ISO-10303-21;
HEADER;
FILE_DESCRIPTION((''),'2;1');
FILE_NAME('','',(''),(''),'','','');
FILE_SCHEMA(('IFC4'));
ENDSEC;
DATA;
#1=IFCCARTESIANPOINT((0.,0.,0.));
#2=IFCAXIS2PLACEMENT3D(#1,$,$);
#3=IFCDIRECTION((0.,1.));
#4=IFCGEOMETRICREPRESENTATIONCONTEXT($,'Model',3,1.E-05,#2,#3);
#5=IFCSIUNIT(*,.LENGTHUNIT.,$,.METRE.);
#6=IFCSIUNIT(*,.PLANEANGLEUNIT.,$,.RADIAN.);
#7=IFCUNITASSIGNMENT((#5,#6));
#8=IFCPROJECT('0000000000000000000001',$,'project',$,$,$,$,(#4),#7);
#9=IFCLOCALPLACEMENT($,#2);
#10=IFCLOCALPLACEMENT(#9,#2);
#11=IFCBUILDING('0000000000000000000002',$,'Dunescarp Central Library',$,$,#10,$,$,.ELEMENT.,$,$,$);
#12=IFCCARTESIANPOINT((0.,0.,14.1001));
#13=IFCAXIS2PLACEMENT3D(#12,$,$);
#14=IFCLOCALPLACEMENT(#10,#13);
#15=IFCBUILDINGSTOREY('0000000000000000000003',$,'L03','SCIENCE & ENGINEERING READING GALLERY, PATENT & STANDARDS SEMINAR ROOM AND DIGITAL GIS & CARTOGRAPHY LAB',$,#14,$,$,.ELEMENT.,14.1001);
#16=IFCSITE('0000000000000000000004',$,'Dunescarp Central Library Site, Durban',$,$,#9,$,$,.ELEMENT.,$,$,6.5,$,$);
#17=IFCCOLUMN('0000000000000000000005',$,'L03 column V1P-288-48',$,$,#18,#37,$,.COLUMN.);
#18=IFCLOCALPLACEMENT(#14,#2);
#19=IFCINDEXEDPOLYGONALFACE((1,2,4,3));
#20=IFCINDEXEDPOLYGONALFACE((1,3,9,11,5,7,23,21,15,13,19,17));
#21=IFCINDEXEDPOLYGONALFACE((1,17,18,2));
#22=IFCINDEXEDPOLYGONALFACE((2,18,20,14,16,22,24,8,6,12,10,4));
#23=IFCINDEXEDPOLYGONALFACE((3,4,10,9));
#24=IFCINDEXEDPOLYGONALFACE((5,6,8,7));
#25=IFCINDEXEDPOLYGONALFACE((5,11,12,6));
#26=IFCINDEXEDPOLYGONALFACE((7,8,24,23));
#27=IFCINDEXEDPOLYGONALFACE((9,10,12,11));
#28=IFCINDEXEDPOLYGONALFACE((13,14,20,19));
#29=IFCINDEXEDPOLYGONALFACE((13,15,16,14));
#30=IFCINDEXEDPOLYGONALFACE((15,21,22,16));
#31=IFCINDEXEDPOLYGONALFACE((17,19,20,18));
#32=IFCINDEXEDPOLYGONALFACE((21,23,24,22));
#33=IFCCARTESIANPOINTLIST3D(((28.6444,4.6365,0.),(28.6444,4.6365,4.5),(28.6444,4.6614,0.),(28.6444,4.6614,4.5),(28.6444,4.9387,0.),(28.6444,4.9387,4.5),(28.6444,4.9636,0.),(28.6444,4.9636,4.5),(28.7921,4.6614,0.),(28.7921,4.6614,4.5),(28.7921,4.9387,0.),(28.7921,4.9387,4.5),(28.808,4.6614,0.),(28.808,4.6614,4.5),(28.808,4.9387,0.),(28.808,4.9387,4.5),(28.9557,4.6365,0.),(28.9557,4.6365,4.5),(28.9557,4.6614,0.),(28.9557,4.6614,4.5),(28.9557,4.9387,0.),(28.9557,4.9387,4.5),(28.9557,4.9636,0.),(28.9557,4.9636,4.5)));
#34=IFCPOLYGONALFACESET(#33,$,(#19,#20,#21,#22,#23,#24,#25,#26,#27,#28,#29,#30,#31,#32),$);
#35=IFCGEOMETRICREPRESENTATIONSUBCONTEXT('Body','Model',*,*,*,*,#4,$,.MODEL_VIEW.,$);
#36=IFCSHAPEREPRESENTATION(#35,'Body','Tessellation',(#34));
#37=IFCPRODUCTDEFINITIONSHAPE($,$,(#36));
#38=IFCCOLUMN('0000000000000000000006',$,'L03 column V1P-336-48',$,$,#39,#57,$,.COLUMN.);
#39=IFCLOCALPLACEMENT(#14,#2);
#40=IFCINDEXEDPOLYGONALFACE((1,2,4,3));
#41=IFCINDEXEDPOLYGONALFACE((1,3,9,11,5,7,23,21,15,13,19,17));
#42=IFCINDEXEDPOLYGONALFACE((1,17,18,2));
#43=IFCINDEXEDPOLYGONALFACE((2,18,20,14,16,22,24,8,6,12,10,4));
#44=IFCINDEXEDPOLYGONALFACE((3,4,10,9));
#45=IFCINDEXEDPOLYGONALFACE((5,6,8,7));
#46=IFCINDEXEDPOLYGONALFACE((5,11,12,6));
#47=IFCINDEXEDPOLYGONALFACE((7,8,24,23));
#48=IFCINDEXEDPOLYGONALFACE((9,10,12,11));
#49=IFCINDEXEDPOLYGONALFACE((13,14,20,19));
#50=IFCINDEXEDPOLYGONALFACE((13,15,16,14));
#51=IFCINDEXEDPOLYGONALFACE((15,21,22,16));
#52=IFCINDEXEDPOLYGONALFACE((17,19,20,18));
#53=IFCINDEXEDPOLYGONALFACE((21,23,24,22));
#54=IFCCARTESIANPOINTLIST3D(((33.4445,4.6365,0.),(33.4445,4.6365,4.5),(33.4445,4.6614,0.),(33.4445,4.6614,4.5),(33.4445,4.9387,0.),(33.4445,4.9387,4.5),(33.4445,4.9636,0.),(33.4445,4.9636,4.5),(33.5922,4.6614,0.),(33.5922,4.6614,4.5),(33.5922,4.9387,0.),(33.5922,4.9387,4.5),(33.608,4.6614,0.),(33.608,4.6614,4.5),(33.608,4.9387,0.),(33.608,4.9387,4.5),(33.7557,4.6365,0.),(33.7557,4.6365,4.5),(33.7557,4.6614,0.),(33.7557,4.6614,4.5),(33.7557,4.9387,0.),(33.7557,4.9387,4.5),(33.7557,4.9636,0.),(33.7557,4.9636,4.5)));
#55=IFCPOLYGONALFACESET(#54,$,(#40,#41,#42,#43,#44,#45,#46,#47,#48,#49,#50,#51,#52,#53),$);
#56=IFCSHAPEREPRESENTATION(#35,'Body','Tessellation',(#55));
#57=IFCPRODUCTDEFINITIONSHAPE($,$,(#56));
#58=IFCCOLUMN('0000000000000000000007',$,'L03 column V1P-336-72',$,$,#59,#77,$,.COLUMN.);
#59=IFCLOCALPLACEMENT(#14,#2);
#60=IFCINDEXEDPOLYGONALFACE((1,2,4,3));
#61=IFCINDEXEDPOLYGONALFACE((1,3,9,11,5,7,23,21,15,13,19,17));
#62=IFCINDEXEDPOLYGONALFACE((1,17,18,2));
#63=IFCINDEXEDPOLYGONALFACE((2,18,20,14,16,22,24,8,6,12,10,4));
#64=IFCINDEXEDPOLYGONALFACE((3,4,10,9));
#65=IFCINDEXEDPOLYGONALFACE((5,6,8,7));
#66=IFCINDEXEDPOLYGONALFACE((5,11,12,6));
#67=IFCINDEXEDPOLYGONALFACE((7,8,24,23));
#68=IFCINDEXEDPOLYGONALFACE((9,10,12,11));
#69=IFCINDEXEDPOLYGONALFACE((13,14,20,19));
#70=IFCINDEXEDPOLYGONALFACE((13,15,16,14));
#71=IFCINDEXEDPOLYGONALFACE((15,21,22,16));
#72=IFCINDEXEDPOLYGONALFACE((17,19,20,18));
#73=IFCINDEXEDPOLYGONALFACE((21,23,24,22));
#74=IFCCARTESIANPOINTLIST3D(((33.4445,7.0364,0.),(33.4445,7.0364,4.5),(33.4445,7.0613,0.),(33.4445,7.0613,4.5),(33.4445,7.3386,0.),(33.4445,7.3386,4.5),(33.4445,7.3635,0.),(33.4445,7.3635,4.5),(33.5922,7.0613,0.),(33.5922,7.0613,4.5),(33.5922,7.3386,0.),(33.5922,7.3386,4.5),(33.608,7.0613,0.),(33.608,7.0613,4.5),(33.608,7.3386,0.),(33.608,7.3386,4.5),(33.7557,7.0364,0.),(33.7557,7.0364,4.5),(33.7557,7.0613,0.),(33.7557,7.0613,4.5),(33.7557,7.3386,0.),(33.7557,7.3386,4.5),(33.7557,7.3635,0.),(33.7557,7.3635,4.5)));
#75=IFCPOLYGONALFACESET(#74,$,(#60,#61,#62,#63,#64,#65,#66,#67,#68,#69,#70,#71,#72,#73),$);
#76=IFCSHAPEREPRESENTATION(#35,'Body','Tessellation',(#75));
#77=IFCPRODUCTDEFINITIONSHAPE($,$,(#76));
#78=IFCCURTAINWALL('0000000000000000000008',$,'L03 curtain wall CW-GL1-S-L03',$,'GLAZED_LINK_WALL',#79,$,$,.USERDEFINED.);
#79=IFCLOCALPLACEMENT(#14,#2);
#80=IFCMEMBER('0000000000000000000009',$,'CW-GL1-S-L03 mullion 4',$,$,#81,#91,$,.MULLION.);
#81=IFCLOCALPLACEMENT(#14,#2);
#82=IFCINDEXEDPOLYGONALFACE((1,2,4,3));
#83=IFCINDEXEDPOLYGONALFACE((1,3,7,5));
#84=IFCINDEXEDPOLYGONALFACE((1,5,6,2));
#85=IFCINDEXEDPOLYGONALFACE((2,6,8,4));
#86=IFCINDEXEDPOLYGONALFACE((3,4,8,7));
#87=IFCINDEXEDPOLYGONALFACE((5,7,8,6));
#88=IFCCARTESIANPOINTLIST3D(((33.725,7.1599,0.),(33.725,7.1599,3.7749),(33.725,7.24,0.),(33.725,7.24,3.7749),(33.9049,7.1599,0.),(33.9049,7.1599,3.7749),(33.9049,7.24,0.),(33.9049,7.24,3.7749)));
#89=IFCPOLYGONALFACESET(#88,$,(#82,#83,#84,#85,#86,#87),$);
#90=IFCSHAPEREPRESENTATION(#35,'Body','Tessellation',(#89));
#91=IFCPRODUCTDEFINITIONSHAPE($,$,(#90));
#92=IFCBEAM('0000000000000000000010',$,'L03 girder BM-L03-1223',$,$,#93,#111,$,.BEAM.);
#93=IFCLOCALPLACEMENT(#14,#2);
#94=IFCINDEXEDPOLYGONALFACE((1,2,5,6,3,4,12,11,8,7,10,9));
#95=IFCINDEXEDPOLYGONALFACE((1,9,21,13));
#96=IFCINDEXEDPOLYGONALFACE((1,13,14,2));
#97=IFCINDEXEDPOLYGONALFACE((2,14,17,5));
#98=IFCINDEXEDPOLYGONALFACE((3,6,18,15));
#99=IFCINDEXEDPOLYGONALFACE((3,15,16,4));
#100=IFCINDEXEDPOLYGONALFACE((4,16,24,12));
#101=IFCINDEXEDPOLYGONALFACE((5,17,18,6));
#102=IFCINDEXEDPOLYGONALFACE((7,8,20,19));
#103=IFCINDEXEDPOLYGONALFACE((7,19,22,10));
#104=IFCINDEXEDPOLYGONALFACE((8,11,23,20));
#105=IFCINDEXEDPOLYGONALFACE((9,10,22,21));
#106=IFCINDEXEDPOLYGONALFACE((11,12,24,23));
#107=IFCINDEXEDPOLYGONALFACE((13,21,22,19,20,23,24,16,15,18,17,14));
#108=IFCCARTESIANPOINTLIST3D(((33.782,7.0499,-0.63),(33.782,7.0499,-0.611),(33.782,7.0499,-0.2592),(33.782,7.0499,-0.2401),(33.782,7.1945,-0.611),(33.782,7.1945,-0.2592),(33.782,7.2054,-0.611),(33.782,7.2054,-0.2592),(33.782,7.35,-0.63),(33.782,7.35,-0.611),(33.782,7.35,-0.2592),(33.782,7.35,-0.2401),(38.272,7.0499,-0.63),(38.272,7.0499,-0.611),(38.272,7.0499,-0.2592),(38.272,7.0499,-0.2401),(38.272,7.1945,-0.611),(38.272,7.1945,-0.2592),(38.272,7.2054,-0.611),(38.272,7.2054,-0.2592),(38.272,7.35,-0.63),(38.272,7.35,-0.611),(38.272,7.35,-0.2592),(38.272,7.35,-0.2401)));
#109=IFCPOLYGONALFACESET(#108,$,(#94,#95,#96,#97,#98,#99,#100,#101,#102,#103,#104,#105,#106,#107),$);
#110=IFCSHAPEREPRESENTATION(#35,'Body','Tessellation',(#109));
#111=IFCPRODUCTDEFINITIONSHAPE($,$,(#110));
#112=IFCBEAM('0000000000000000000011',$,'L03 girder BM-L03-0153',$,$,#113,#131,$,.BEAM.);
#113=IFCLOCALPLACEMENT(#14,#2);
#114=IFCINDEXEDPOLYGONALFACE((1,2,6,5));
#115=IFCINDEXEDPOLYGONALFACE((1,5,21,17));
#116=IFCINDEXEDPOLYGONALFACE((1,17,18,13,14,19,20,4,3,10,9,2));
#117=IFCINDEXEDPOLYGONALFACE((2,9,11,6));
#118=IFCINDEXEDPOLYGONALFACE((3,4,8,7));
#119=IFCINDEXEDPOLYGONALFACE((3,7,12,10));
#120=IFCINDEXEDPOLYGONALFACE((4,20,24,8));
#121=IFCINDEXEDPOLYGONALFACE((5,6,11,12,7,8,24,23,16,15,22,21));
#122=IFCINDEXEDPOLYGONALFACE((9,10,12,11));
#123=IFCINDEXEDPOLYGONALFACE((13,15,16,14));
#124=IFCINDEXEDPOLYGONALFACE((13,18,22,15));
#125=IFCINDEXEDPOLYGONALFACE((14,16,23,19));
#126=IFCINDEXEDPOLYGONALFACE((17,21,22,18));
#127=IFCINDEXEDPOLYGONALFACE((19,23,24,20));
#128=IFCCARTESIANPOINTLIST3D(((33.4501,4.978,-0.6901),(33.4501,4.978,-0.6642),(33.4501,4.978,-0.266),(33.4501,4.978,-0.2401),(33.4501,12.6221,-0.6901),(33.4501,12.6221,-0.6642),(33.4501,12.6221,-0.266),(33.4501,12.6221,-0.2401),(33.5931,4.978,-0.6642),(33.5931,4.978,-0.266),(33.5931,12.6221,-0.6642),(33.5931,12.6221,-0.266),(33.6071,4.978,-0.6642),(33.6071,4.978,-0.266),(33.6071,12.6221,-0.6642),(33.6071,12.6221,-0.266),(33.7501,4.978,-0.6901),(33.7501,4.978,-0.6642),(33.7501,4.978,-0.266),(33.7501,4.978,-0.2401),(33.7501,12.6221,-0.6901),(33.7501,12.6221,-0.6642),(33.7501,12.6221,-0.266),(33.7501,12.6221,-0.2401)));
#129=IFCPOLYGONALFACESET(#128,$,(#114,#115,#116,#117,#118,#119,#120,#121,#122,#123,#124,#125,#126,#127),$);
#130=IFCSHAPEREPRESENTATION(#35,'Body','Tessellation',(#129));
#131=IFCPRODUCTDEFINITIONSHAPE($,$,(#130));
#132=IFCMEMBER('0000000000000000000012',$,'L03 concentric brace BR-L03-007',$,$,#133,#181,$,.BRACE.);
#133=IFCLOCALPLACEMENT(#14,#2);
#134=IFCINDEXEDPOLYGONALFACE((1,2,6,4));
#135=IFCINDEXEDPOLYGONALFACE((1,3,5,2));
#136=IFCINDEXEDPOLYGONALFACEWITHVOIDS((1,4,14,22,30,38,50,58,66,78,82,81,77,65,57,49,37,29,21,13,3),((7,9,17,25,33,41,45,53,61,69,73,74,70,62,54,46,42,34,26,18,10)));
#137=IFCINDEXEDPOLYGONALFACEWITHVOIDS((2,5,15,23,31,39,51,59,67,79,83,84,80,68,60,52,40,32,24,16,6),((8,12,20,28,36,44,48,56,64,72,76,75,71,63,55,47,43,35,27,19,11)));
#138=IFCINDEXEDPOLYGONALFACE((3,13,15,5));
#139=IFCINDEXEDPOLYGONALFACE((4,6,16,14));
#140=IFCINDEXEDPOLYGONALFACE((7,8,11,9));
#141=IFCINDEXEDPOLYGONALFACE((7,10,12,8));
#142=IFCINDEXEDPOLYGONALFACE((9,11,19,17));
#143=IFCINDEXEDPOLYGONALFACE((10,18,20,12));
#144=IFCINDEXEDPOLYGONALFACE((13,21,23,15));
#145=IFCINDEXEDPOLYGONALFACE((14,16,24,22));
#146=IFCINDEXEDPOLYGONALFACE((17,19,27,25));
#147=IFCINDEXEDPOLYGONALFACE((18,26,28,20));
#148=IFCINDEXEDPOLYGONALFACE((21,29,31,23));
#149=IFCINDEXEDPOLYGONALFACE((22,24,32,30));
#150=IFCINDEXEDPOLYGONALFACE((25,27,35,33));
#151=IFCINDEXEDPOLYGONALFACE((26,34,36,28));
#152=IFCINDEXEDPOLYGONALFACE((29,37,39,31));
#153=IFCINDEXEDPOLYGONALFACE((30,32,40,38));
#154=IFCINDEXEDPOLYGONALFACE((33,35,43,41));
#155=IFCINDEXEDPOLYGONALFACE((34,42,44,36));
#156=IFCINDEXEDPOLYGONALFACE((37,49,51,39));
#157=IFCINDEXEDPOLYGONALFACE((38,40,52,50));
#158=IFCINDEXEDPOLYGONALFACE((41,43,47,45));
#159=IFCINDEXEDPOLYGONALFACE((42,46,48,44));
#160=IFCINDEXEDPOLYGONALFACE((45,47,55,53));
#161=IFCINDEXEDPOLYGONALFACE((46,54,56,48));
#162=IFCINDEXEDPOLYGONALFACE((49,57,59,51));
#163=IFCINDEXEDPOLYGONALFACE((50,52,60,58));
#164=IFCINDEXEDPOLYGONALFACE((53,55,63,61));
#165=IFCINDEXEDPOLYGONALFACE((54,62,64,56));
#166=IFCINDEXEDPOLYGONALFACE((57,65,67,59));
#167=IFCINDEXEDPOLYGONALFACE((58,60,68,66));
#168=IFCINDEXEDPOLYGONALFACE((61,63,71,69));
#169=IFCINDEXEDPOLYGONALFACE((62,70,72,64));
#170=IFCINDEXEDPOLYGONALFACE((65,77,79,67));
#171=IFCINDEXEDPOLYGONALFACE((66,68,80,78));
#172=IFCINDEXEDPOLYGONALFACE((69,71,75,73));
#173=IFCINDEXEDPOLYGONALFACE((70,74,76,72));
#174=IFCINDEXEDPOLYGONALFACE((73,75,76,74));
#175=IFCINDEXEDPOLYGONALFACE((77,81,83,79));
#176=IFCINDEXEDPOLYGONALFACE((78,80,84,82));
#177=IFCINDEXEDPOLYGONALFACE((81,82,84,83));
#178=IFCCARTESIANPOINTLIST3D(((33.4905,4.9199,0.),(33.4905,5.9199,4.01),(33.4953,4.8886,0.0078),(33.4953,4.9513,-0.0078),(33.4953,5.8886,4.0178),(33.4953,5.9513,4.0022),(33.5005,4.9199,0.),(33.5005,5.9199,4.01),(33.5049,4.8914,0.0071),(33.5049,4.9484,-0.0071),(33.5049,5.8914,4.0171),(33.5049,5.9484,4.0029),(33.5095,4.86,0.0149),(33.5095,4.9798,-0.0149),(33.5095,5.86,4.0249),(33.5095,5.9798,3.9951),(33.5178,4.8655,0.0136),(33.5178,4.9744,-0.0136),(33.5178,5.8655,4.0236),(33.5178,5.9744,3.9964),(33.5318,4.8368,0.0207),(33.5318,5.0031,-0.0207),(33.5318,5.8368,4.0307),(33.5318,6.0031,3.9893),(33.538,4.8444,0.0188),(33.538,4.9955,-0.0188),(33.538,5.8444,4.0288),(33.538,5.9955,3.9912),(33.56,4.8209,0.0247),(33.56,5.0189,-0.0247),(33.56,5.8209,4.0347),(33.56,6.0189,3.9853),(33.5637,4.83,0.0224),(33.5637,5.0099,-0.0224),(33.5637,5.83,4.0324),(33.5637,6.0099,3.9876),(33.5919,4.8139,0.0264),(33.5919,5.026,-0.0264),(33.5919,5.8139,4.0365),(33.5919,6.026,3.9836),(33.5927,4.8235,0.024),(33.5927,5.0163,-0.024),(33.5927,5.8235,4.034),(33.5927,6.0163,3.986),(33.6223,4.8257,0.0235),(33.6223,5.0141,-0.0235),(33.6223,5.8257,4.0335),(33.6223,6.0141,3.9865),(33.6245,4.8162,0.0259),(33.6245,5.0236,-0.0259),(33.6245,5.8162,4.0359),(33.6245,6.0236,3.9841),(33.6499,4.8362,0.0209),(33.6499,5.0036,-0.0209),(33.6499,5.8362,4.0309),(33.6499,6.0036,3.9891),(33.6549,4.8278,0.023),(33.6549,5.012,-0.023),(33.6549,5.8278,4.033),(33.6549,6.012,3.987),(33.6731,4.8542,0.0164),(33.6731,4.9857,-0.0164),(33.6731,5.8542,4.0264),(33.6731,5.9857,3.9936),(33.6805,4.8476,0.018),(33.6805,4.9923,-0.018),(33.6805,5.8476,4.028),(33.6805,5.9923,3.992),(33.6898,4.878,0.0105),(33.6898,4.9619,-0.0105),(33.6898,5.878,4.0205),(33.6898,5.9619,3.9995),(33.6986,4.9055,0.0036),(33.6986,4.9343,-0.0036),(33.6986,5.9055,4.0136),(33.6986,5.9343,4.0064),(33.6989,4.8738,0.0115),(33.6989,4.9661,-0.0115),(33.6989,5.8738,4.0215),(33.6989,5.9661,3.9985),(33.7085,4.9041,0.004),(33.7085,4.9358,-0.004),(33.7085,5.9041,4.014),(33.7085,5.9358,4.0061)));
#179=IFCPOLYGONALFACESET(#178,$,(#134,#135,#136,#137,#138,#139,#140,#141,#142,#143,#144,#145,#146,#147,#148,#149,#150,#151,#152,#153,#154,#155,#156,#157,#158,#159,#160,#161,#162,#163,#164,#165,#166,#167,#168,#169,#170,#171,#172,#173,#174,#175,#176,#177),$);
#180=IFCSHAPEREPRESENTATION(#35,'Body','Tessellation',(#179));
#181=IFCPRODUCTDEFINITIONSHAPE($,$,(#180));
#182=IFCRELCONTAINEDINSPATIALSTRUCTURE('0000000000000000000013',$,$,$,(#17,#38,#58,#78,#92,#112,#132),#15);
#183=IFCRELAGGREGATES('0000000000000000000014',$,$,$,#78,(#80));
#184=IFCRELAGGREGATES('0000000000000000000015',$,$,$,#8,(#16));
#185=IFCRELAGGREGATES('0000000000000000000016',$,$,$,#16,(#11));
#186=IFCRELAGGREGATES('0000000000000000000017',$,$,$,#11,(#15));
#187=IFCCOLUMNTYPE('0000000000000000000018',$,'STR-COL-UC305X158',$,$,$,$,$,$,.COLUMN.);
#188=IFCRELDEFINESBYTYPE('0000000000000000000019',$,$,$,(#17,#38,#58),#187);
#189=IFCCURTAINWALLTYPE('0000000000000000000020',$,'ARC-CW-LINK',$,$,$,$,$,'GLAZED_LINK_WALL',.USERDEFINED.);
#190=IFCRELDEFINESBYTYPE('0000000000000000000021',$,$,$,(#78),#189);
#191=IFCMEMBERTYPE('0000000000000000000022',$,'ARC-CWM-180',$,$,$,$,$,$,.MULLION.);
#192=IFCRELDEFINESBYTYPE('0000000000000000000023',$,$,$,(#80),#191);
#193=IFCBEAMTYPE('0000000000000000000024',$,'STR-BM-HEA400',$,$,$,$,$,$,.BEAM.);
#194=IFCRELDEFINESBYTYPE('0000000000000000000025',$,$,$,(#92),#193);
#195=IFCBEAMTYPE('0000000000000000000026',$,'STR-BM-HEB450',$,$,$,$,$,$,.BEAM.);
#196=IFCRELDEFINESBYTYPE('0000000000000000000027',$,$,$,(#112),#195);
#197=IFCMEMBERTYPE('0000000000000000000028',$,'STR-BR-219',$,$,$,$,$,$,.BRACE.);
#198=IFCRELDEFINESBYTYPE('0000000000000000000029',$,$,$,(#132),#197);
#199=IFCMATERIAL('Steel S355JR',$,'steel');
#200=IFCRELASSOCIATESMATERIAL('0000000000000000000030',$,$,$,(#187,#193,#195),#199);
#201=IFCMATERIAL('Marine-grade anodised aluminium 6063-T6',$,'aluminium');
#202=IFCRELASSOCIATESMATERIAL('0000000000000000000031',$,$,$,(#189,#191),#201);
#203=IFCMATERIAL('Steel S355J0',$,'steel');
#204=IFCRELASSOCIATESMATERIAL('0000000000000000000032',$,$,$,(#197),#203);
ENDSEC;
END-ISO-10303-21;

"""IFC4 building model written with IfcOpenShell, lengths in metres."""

from ifc_helpers import new_model, si_unit, direction, frame, origin, origin_2d, place, context, subcontext, project, spatial, rectangle, hollow_circle, i_section, extrude, material, material_profile, profile_set, type_object, element, aggregate, save


model = new_model("IFC4")

# Units and contexts
model_context = context("Model", 3, precision=1e-05, world=origin(), true_north=direction((0.0, 1.0)))
body_context = subcontext(model_context, "Body", "Model", "MODEL_VIEW")
ifc_project = project(units=[si_unit("LENGTHUNIT", "METRE"), si_unit("PLANEANGLEUNIT", "RADIAN")], contexts=[model_context])

# Site, building, storey
site_placement = place(None, origin())
site = spatial("IfcSite", under=ifc_project, at=site_placement, Name="Dunescarp Central Library Site, Durban", CompositionType="ELEMENT", RefElevation=6.5)
building_placement = place(site_placement, origin())
building = spatial("IfcBuilding", under=site, at=building_placement, Name="Dunescarp Central Library", CompositionType="ELEMENT")
storey_placement = place(building_placement, frame((0.0, 0.0, 14.1001)))
storey = spatial("IfcBuildingStorey", under=building, at=storey_placement, Name="L03", Description="SCIENCE & ENGINEERING READING GALLERY, PATENT & STANDARDS SEMINAR ROOM AND DIGITAL GIS & CARTOGRAPHY LAB", CompositionType="ELEMENT", Elevation=14.1001)

# Columns
ifc_material_1 = material(Name="Steel S355JR", Category="steel")
ifc_material_profile_1 = material_profile(ifc_material_1, i_section(OverallWidth=0.3113, OverallDepth=0.3271, WebThickness=0.0159, FlangeThickness=0.0249, at=origin_2d()), Name="UC 305x305x158")
ifc_profile_set_1 = profile_set([ifc_material_profile_1], Name="Steel S355JR")
column_type = type_object("IfcColumnType", Name="STR-COL-UC305X158", PredefinedType="COLUMN", material=ifc_profile_set_1)
for number, where, z_axis, x_axis, name in (
    (1, (28.8, 4.8, 0.0), (0.0, 0.0, 1.0), (1.0, 0.0, 0.0), "L03 column V1P-288-48"),
    (2, (33.6001, 4.8, 0.0), (0.0, 0.0, 1.0), (1.0, 0.0, 0.0), "L03 column V1P-336-48"),
    (3, (33.6001, 7.2, 0.0), (0.0, 0.0, 1.0), (1.0, 0.0, 0.0), "L03 column V1P-336-72"),
):
    element("IfcColumn", number, at=place(storey_placement, frame(where, z_axis=z_axis, x_axis=x_axis)), inside=storey, type_object=column_type, Name=name, PredefinedType="COLUMN", context=body_context, shape_type="SweptSolid", body=[
        extrude(i_section(OverallWidth=0.3113, OverallDepth=0.3271, WebThickness=0.0159, FlangeThickness=0.0249, at=origin_2d()), origin(), (0.0, 0.0, 1.0), 4.5),
    ])

# Curtain wall, member
ifc_material_2 = material(Name="Marine-grade anodised aluminium 6063-T6", Category="aluminium")
curtain_wall_type = type_object("IfcCurtainWallType", Name="ARC-CW-LINK", ElementType="GLAZED_LINK_WALL", PredefinedType="USERDEFINED", material=ifc_material_2)
curtain_wall_placement = place(storey_placement, origin())
curtain_wall = element("IfcCurtainWall", 4, at=curtain_wall_placement, inside=storey, type_object=curtain_wall_type, Name="L03 curtain wall CW-GL1-S-L03", ObjectType="GLAZED_LINK_WALL", PredefinedType="USERDEFINED")
ifc_material_profile_2 = material_profile(ifc_material_2, rectangle(XDim=0.0801, YDim=0.1799, at=origin_2d()), Name="AL 80x180")
ifc_profile_set_2 = profile_set([ifc_material_profile_2], Name="Marine-grade anodised aluminium 6063-T6")
member_type_1 = type_object("IfcMemberType", Name="ARC-CWM-180", PredefinedType="MULLION", material=ifc_profile_set_2)
member_placement = place(storey_placement, frame((33.8149, 7.2, 0.0), z_axis=(0.0, 0.0, 1.0), x_axis=(0.0, -1.0, 0.0)))
member = element("IfcMember", 5, at=member_placement, type_object=member_type_1, Name="CW-GL1-S-L03 mullion 4", PredefinedType="MULLION", context=body_context, shape_type="SweptSolid", body=[
    extrude(rectangle(XDim=0.0801, YDim=0.1799, at=origin_2d()), origin(), (0.0, 0.0, 1.0), 3.7749),
])
aggregate(curtain_wall, [member])

# Beams
ifc_material_profile_3 = material_profile(ifc_material_1, i_section(OverallWidth=0.3, OverallDepth=0.3899, WebThickness=0.011, FlangeThickness=0.019, at=origin_2d()), Name="HEA 400")
ifc_profile_set_3 = profile_set([ifc_material_profile_3], Name="Steel S355JR")
beam_type_1 = type_object("IfcBeamType", Name="STR-BM-HEA400", PredefinedType="BEAM", material=ifc_profile_set_3)
beam_1_placement = place(storey_placement, frame((33.782, 7.2, -0.4351), z_axis=(1.0, 0.0, 0.0), x_axis=(0.0, 1.0, 0.0)))
element("IfcBeam", 6, at=beam_1_placement, inside=storey, type_object=beam_type_1, Name="L03 girder BM-L03-1223", PredefinedType="BEAM", context=body_context, shape_type="SweptSolid", body=[
    extrude(i_section(OverallWidth=0.3, OverallDepth=0.3899, WebThickness=0.011, FlangeThickness=0.019, at=origin_2d()), origin(), (0.0, 0.0, 1.0), 4.49),
])
ifc_material_profile_4 = material_profile(ifc_material_1, i_section(OverallWidth=0.3, OverallDepth=0.45, WebThickness=0.0139, FlangeThickness=0.0259, at=origin_2d()), Name="HEB 450")
ifc_profile_set_4 = profile_set([ifc_material_profile_4], Name="Steel S355JR")
beam_type_2 = type_object("IfcBeamType", Name="STR-BM-HEB450", PredefinedType="BEAM", material=ifc_profile_set_4)
beam_2_placement = place(storey_placement, frame((33.6001, 4.978, -0.4651), z_axis=(0.0, 1.0, 0.0), x_axis=(-1.0, 0.0, 0.0)))
element("IfcBeam", 7, at=beam_2_placement, inside=storey, type_object=beam_type_2, Name="L03 girder BM-L03-0153", PredefinedType="BEAM", context=body_context, shape_type="SweptSolid", body=[
    extrude(i_section(OverallWidth=0.3, OverallDepth=0.45, WebThickness=0.0139, FlangeThickness=0.0259, at=origin_2d()), origin(), (0.0, 0.0, 1.0), 7.644),
])

# Member
ifc_material_3 = material(Name="Steel S355J0", Category="steel")
ifc_material_profile_5 = material_profile(ifc_material_3, hollow_circle(Radius=0.1096, WallThickness=0.01, at=origin_2d()), Name="CHS 219.1x10")
ifc_profile_set_5 = profile_set([ifc_material_profile_5], Name="Steel S355J0")
member_type_2 = type_object("IfcMemberType", Name="STR-BR-219", PredefinedType="BRACE", material=ifc_profile_set_5)
for number, where, z_axis, x_axis, name in (
    (8, (33.6001, 4.9199, 0.0), (0.0, 0.241966, 0.970285), (-1.0, 0.0, 0.0), "L03 concentric brace BR-L03-007"),
):
    element("IfcMember", number, at=place(storey_placement, frame(where, z_axis=z_axis, x_axis=x_axis)), inside=storey, type_object=member_type_2, Name=name, PredefinedType="BRACE", context=body_context, shape_type="SweptSolid", body=[
        extrude(hollow_circle(Radius=0.1096, WallThickness=0.01, at=origin_2d()), origin(), (0.0, 0.0, 1.0), 4.1328),
    ])

save(model, "model.ifc")
